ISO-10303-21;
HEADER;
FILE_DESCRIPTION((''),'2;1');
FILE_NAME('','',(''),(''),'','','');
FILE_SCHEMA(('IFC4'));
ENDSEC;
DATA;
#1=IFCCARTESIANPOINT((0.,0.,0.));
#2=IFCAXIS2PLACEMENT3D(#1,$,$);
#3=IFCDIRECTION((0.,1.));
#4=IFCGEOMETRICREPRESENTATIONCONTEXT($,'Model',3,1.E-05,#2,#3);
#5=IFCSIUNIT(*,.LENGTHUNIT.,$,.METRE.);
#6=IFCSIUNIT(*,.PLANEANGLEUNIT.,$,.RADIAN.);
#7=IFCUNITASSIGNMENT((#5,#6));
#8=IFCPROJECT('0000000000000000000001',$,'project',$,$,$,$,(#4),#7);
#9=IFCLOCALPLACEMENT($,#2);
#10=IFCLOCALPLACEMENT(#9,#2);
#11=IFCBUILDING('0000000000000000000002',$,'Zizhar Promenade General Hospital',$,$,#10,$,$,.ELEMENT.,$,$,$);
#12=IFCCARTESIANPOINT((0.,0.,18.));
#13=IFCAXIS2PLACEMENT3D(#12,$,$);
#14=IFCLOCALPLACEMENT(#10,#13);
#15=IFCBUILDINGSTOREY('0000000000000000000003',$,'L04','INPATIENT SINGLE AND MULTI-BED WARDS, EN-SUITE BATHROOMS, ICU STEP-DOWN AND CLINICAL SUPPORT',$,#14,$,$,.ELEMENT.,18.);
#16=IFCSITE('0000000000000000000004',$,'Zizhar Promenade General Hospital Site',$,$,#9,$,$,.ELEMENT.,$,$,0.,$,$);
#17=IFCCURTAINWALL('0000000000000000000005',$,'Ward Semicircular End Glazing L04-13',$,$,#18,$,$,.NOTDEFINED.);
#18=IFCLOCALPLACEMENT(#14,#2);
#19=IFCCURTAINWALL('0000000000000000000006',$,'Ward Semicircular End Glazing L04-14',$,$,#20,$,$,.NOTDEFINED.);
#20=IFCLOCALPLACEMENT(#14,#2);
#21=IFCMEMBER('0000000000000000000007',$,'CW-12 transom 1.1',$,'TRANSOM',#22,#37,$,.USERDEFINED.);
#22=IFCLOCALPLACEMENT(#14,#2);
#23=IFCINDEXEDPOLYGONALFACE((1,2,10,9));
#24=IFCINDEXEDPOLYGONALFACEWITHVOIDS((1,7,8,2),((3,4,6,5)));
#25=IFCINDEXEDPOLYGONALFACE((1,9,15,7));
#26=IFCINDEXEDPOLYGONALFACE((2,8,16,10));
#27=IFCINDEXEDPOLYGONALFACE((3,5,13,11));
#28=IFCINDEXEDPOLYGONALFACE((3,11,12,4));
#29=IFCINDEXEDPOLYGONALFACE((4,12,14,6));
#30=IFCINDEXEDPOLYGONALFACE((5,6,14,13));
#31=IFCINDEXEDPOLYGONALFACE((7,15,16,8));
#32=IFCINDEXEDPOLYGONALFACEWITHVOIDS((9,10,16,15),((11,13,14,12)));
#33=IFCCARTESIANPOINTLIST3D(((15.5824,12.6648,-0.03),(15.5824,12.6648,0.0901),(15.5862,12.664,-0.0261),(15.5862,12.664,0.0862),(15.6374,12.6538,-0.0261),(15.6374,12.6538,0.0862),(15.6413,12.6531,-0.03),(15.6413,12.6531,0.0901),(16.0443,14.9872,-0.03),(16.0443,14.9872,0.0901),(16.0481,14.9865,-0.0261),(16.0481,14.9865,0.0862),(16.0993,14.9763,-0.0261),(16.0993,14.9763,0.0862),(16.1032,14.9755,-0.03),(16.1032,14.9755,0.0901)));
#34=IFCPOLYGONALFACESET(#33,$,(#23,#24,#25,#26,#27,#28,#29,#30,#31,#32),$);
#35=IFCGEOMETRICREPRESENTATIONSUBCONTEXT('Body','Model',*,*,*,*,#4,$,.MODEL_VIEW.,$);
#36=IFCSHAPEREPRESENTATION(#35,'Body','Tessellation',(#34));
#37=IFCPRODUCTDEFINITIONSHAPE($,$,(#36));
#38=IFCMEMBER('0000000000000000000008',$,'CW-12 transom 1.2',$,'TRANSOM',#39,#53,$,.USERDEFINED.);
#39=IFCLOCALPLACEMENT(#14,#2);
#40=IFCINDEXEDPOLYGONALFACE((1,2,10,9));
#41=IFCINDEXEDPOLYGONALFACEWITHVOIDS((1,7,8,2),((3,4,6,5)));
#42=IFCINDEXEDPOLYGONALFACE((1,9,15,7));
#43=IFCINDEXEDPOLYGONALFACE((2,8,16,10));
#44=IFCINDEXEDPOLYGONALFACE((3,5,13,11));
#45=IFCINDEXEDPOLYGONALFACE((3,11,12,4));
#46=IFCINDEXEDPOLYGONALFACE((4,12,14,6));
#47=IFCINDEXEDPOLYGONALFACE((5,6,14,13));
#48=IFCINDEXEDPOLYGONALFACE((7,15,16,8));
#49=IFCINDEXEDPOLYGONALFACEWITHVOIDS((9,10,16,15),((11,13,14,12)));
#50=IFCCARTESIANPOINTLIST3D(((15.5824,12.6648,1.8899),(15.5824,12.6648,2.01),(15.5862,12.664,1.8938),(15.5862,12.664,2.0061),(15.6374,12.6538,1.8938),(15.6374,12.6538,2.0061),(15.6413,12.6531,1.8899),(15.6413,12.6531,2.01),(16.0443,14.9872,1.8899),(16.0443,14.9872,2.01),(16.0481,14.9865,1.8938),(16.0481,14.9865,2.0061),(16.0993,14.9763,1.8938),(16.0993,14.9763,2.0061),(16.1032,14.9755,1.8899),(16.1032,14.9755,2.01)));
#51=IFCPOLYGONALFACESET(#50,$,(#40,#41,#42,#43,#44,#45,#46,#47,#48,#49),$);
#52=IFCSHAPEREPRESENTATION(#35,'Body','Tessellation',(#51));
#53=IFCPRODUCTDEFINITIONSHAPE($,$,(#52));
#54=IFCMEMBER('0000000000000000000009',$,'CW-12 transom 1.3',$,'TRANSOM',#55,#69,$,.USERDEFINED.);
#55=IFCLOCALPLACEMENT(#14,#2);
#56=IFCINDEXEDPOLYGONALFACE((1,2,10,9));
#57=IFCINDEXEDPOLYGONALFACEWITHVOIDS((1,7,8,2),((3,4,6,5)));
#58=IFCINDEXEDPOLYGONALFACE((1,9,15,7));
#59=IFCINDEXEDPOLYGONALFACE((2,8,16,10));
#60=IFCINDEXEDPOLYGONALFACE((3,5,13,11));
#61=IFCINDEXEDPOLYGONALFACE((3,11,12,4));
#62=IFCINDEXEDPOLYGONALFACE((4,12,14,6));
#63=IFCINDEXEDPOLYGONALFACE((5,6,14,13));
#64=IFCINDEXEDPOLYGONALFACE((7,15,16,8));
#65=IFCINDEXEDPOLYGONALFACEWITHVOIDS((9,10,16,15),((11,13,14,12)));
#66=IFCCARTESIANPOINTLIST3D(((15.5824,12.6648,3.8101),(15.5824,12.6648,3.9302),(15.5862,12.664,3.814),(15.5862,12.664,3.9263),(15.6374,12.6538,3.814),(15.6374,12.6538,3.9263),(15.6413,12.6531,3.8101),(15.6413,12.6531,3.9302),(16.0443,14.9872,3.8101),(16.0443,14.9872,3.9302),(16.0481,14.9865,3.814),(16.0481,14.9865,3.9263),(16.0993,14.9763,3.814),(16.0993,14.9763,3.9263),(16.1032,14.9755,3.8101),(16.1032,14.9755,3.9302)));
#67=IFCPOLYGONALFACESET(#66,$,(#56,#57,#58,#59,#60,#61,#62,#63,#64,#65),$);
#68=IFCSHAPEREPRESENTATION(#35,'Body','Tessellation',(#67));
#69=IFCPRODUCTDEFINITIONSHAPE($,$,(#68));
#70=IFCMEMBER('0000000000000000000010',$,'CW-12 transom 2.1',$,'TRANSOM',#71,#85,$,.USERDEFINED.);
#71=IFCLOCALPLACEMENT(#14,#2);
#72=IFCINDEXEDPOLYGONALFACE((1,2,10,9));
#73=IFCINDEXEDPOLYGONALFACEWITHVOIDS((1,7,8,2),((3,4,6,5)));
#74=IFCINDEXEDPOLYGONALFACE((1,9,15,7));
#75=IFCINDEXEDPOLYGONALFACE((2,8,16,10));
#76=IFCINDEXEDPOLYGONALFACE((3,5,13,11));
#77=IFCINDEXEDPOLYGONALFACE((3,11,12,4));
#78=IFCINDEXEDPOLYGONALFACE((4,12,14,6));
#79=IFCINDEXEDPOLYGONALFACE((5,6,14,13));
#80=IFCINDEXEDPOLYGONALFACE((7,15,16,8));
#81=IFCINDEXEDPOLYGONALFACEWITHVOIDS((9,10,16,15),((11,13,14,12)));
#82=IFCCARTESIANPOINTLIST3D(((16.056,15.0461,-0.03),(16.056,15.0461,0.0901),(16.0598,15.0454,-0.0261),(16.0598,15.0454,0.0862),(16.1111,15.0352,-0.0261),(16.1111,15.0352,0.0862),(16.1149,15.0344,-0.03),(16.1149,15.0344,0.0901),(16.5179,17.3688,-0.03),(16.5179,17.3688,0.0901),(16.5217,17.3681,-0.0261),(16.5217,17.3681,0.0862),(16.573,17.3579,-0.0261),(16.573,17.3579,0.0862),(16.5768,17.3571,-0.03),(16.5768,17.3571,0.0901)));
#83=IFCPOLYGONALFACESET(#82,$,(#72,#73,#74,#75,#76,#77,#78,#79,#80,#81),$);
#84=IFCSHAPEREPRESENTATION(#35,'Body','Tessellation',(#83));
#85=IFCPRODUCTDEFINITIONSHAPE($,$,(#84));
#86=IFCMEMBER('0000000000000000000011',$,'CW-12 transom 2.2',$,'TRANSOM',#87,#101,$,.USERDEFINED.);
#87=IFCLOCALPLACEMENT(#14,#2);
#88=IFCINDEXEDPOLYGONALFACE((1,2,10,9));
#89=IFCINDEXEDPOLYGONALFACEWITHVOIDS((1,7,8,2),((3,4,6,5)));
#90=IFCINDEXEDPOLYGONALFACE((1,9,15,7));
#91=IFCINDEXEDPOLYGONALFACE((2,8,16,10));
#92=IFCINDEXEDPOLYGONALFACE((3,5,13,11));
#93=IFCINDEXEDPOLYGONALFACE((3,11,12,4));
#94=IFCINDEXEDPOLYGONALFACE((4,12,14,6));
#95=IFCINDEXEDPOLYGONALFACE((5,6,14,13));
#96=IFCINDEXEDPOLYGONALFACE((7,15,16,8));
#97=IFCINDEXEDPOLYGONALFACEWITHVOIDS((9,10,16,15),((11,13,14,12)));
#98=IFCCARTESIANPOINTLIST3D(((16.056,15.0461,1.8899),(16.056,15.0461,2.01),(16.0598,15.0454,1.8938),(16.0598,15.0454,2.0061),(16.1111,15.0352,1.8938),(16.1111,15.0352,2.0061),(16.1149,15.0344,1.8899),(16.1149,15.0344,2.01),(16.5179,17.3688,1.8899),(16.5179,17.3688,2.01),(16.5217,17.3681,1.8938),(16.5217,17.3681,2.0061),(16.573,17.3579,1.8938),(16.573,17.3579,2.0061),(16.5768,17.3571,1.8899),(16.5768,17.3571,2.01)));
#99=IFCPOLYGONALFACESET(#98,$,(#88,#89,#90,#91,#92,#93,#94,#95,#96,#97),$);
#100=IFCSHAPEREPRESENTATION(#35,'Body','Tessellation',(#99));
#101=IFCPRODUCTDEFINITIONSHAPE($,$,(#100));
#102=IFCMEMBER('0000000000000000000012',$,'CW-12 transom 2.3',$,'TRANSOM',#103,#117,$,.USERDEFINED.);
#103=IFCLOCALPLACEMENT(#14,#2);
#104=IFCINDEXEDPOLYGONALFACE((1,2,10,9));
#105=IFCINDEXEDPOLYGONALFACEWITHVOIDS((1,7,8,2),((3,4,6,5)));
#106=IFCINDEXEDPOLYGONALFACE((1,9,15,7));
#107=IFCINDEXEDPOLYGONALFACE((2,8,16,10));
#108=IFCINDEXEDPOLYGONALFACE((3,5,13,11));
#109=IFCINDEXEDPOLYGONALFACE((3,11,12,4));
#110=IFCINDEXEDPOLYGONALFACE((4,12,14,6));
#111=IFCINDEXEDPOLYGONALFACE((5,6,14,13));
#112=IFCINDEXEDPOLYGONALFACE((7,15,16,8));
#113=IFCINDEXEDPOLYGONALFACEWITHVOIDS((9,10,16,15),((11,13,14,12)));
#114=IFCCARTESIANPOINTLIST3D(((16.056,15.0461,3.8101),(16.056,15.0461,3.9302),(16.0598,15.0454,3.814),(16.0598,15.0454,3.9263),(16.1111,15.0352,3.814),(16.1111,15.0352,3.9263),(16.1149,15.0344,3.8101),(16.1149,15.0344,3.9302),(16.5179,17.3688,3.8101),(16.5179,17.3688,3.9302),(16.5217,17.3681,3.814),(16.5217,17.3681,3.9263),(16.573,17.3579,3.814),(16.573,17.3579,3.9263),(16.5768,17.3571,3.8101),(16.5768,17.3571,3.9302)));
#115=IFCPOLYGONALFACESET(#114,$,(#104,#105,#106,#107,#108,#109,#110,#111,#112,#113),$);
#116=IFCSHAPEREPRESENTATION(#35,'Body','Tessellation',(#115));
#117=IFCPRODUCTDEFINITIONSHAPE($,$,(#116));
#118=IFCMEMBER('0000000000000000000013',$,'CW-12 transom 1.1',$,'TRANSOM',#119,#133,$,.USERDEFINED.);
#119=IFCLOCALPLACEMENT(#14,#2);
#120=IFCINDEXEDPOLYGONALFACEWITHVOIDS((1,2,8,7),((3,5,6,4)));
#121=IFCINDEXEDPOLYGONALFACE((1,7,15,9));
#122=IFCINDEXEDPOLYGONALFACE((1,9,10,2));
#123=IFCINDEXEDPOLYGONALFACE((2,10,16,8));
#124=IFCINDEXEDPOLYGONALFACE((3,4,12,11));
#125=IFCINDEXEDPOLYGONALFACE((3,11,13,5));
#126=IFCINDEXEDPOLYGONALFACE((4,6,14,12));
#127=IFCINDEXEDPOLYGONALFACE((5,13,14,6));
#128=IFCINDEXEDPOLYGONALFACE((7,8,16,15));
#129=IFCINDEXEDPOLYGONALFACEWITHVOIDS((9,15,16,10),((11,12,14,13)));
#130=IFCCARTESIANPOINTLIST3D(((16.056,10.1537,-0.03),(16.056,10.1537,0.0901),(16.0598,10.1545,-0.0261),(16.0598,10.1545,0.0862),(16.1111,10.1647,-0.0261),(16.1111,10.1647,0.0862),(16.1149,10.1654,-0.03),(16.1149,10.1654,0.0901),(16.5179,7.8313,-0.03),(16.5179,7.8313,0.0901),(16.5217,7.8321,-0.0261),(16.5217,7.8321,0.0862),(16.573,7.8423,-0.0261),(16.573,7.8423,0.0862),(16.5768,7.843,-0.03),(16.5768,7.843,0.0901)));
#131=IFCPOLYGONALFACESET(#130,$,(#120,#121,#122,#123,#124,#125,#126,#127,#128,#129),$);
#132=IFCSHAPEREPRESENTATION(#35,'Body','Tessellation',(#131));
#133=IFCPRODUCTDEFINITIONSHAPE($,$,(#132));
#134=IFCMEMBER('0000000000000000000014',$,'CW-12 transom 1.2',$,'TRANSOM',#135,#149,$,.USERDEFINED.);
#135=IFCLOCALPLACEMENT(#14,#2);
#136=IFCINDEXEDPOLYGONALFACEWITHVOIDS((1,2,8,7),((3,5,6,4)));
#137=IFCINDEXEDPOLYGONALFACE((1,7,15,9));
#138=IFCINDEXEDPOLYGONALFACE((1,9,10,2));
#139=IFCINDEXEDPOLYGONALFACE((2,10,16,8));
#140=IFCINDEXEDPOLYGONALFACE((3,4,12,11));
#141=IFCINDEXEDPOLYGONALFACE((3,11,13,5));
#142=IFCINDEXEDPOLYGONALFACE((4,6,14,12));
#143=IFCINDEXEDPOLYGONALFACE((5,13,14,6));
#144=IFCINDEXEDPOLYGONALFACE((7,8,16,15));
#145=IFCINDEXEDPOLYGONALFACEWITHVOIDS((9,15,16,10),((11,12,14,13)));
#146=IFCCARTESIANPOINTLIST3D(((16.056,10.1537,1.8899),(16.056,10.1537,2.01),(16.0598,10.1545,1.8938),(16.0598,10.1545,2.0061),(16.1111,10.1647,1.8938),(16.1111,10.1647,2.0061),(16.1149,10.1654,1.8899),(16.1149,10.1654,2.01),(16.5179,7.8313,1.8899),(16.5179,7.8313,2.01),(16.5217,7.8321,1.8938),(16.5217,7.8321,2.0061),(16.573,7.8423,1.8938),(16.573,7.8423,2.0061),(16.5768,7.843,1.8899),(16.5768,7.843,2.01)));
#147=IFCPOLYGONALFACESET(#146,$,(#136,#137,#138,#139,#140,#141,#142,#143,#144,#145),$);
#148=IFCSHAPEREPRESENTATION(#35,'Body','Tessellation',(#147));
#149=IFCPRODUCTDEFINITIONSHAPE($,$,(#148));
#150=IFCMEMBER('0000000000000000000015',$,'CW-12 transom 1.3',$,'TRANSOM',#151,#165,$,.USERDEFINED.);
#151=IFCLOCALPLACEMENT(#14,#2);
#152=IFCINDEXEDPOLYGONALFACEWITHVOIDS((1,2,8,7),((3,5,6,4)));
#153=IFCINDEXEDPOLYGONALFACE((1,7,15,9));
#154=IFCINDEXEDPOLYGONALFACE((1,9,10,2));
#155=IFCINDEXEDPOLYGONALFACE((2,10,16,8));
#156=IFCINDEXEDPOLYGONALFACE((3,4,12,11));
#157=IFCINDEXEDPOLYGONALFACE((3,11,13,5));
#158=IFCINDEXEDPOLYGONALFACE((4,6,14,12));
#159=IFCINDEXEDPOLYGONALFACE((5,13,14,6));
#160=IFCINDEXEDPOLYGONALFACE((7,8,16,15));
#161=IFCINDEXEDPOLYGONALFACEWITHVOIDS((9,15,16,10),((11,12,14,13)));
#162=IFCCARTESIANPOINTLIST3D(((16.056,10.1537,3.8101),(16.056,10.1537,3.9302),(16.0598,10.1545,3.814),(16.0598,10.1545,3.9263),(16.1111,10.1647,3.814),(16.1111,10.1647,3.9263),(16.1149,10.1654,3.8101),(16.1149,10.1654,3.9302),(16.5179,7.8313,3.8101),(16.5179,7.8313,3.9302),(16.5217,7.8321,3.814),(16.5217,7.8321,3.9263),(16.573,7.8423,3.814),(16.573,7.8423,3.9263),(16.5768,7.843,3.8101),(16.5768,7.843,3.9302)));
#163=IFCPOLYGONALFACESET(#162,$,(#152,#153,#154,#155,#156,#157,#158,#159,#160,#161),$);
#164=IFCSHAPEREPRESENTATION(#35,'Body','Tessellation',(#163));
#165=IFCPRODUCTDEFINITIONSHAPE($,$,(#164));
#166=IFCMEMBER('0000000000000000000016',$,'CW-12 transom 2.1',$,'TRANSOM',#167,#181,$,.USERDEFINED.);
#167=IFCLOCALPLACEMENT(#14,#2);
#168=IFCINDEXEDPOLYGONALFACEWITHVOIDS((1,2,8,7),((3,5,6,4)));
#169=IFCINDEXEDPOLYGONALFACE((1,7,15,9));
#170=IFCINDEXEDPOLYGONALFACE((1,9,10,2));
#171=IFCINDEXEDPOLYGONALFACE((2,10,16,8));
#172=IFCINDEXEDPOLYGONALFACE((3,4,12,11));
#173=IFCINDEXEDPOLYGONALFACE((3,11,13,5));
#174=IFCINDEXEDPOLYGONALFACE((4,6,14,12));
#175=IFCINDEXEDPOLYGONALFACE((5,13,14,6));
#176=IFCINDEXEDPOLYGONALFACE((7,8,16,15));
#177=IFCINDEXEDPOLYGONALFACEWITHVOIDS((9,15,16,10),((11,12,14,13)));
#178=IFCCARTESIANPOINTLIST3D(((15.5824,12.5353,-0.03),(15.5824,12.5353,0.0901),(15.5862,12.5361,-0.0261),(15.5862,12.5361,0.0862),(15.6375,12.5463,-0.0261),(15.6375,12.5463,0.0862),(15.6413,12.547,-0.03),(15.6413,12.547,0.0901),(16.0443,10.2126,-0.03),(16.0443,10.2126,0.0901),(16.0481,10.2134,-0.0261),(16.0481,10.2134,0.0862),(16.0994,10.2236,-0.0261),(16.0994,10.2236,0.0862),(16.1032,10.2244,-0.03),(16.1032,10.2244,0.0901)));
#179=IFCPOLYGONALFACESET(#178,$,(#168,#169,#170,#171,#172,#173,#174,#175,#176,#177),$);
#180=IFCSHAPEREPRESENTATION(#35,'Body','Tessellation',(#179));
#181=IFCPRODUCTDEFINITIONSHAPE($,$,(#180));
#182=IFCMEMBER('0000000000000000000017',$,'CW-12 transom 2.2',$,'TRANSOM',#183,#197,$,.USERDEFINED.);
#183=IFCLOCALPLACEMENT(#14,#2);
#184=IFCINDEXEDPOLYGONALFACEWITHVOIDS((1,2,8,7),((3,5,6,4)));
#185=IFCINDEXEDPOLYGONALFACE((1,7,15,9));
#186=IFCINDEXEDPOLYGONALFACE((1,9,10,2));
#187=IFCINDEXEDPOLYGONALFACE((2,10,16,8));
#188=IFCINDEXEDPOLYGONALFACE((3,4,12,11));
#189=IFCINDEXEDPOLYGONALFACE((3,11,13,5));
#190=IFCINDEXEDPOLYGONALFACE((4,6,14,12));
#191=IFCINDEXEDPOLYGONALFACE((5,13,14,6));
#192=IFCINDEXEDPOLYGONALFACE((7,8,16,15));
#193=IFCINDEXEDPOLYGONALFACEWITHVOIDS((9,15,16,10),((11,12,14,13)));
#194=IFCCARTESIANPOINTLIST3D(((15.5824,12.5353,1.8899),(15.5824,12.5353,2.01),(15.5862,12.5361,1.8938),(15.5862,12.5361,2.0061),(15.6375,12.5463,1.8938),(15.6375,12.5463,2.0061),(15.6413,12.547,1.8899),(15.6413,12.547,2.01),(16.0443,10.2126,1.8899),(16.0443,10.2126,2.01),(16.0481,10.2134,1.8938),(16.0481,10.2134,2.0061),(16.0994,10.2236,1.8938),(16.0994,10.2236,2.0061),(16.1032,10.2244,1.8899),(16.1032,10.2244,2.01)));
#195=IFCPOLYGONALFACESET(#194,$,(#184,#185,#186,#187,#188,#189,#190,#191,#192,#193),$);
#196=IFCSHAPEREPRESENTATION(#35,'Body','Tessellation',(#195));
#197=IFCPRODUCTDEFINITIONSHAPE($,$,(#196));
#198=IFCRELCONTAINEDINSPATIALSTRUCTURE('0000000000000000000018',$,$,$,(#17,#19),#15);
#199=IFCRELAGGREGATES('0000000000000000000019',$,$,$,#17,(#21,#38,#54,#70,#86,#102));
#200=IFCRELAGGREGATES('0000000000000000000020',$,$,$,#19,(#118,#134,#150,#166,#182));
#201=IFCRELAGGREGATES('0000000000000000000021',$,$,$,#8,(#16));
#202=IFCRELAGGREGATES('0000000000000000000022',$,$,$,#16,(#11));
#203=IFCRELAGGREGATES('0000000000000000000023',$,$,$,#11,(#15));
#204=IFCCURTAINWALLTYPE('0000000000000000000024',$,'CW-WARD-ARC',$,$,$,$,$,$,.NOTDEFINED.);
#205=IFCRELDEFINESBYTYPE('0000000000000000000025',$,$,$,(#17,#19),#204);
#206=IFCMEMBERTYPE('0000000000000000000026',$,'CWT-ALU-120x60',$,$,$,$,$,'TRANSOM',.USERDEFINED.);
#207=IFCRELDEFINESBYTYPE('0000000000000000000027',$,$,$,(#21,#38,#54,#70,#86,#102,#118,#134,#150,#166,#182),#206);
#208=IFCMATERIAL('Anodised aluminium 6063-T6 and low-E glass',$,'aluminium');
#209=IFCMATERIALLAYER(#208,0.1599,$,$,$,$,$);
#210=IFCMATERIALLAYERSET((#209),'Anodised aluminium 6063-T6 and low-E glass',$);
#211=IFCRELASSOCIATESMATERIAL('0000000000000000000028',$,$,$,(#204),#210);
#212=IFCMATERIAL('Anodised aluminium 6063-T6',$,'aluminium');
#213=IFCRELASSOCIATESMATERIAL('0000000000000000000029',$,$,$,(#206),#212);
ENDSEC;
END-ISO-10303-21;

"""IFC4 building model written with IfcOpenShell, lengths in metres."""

from ifc_helpers import new_model, si_unit, direction, frame, origin, origin_2d, place, context, subcontext, project, spatial, hollow_rectangle, extrude, material, layer, layer_set, material_profile, profile_set, type_object, element, aggregate, save


model = new_model("IFC4")

# Units and contexts
model_context = context("Model", 3, precision=1e-05, world=origin(), true_north=direction((0.0, 1.0)))
body_context = subcontext(model_context, "Body", "Model", "MODEL_VIEW")
ifc_project = project(units=[si_unit("LENGTHUNIT", "METRE"), si_unit("PLANEANGLEUNIT", "RADIAN")], contexts=[model_context])

# Site, building, storey
site_placement = place(None, origin())
site = spatial("IfcSite", under=ifc_project, at=site_placement, Name="Zizhar Promenade General Hospital Site", CompositionType="ELEMENT", RefElevation=0.0)
building_placement = place(site_placement, origin())
building = spatial("IfcBuilding", under=site, at=building_placement, Name="Zizhar Promenade General Hospital", CompositionType="ELEMENT")
storey_placement = place(building_placement, frame((0.0, 0.0, 18.0)))
storey = spatial("IfcBuildingStorey", under=building, at=storey_placement, Name="L04", Description="INPATIENT SINGLE AND MULTI-BED WARDS, EN-SUITE BATHROOMS, ICU STEP-DOWN AND CLINICAL SUPPORT", CompositionType="ELEMENT", Elevation=18.0)

# Shared definitions
ifc_material_1 = material(Name="Anodised aluminium 6063-T6 and low-E glass", Category="aluminium")
ifc_layer_1 = layer(ifc_material_1, 0.1599)
ifc_layer_set_1 = layer_set([ifc_layer_1], Name="Anodised aluminium 6063-T6 and low-E glass")
curtain_wall_type = type_object("IfcCurtainWallType", Name="CW-WARD-ARC", PredefinedType="NOTDEFINED", material=ifc_layer_set_1)

# Curtain walls
curtain_wall_1_placement = place(storey_placement, origin())
curtain_wall_1 = element("IfcCurtainWall", 1, at=curtain_wall_1_placement, inside=storey, type_object=curtain_wall_type, Name="Ward Semicircular End Glazing L04-13", PredefinedType="NOTDEFINED")
curtain_wall_2_placement = place(storey_placement, origin())
curtain_wall_2 = element("IfcCurtainWall", 2, at=curtain_wall_2_placement, inside=storey, type_object=curtain_wall_type, Name="Ward Semicircular End Glazing L04-14", PredefinedType="NOTDEFINED")

# Members
ifc_material_2 = material(Name="Anodised aluminium 6063-T6", Category="aluminium")
ifc_material_profile_1 = material_profile(ifc_material_2, hollow_rectangle(XDim=0.0601, YDim=0.1201, WallThickness=0.0039, at=origin_2d()))
ifc_profile_set_1 = profile_set([ifc_material_profile_1], Name="Anodised aluminium 6063-T6")
member_type_1 = type_object("IfcMemberType", Name="CWT-ALU-120x60", ElementType="TRANSOM", PredefinedType="USERDEFINED", material=ifc_profile_set_1)
member_1_placement = place(storey_placement, frame((15.6118, 12.6589, 0.03), z_axis=(0.195065, 0.98079, 0.0), x_axis=(-0.98079, 0.195065, 0.0)))
member_1 = element("IfcMember", 3, at=member_1_placement, type_object=member_type_1, Name="CW-12 transom 1.1", ObjectType="TRANSOM", PredefinedType="USERDEFINED", context=body_context, shape_type="SweptSolid", body=[
    extrude(hollow_rectangle(XDim=0.0601, YDim=0.1201, WallThickness=0.0039, at=origin_2d()), origin(), (0.0, 0.0, 1.0), 2.3679),
])
member_2_placement = place(storey_placement, frame((15.6118, 12.6589, 1.95), z_axis=(0.195065, 0.98079, 0.0), x_axis=(-0.98079, 0.195065, 0.0)))
member_2 = element("IfcMember", 4, at=member_2_placement, type_object=member_type_1, Name="CW-12 transom 1.2", ObjectType="TRANSOM", PredefinedType="USERDEFINED", context=body_context, shape_type="SweptSolid", body=[
    extrude(hollow_rectangle(XDim=0.0601, YDim=0.1201, WallThickness=0.0039, at=origin_2d()), origin(), (0.0, 0.0, 1.0), 2.3679),
])
member_3_placement = place(storey_placement, frame((15.6118, 12.6589, 3.8701), z_axis=(0.195065, 0.98079, 0.0), x_axis=(-0.98079, 0.195065, 0.0)))
member_3 = element("IfcMember", 5, at=member_3_placement, type_object=member_type_1, Name="CW-12 transom 1.3", ObjectType="TRANSOM", PredefinedType="USERDEFINED", context=body_context, shape_type="SweptSolid", body=[
    extrude(hollow_rectangle(XDim=0.0601, YDim=0.1201, WallThickness=0.0039, at=origin_2d()), origin(), (0.0, 0.0, 1.0), 2.3679),
])
member_4_placement = place(storey_placement, frame((16.0854, 15.0403, 0.03), z_axis=(0.195045, 0.980794, 0.0), x_axis=(-0.980794, 0.195045, 0.0)))
member_4 = element("IfcMember", 6, at=member_4_placement, type_object=member_type_1, Name="CW-12 transom 2.1", ObjectType="TRANSOM", PredefinedType="USERDEFINED", context=body_context, shape_type="SweptSolid", body=[
    extrude(hollow_rectangle(XDim=0.0601, YDim=0.1201, WallThickness=0.0039, at=origin_2d()), origin(), (0.0, 0.0, 1.0), 2.3682),
])
member_5_placement = place(storey_placement, frame((16.0854, 15.0403, 1.95), z_axis=(0.195045, 0.980794, 0.0), x_axis=(-0.980794, 0.195045, 0.0)))
member_5 = element("IfcMember", 7, at=member_5_placement, type_object=member_type_1, Name="CW-12 transom 2.2", ObjectType="TRANSOM", PredefinedType="USERDEFINED", context=body_context, shape_type="SweptSolid", body=[
    extrude(hollow_rectangle(XDim=0.0601, YDim=0.1201, WallThickness=0.0039, at=origin_2d()), origin(), (0.0, 0.0, 1.0), 2.3682),
])
member_6_placement = place(storey_placement, frame((16.0854, 15.0403, 3.8701), z_axis=(0.195045, 0.980794, 0.0), x_axis=(-0.980794, 0.195045, 0.0)))
member_6 = element("IfcMember", 8, at=member_6_placement, type_object=member_type_1, Name="CW-12 transom 2.3", ObjectType="TRANSOM", PredefinedType="USERDEFINED", context=body_context, shape_type="SweptSolid", body=[
    extrude(hollow_rectangle(XDim=0.0601, YDim=0.1201, WallThickness=0.0039, at=origin_2d()), origin(), (0.0, 0.0, 1.0), 2.3682),
])
member_7_placement = place(storey_placement, frame((16.5474, 7.8372, 0.03), z_axis=(-0.195065, 0.98079, 0.0), x_axis=(-0.98079, -0.195065, 0.0)))
member_7 = element("IfcMember", 9, at=member_7_placement, type_object=member_type_1, Name="CW-12 transom 1.1", ObjectType="TRANSOM", PredefinedType="USERDEFINED", context=body_context, shape_type="SweptSolid", body=[
    extrude(hollow_rectangle(XDim=0.0601, YDim=0.1201, WallThickness=0.0039, at=origin_2d()), origin(), (0.0, 0.0, 1.0), 2.3679),
])
member_8_placement = place(storey_placement, frame((16.5474, 7.8372, 1.95), z_axis=(-0.195065, 0.98079, 0.0), x_axis=(-0.98079, -0.195065, 0.0)))
member_8 = element("IfcMember", 10, at=member_8_placement, type_object=member_type_1, Name="CW-12 transom 1.2", ObjectType="TRANSOM", PredefinedType="USERDEFINED", context=body_context, shape_type="SweptSolid", body=[
    extrude(hollow_rectangle(XDim=0.0601, YDim=0.1201, WallThickness=0.0039, at=origin_2d()), origin(), (0.0, 0.0, 1.0), 2.3679),
])
member_9_placement = place(storey_placement, frame((16.5474, 7.8372, 3.8701), z_axis=(-0.195065, 0.98079, 0.0), x_axis=(-0.98079, -0.195065, 0.0)))
member_9 = element("IfcMember", 11, at=member_9_placement, type_object=member_type_1, Name="CW-12 transom 1.3", ObjectType="TRANSOM", PredefinedType="USERDEFINED", context=body_context, shape_type="SweptSolid", body=[
    extrude(hollow_rectangle(XDim=0.0601, YDim=0.1201, WallThickness=0.0039, at=origin_2d()), origin(), (0.0, 0.0, 1.0), 2.3679),
])
member_10_placement = place(storey_placement, frame((16.0737, 10.2185, 0.03), z_axis=(-0.195045, 0.980794, 0.0), x_axis=(-0.980794, -0.195045, 0.0)))
member_10 = element("IfcMember", 12, at=member_10_placement, type_object=member_type_1, Name="CW-12 transom 2.1", ObjectType="TRANSOM", PredefinedType="USERDEFINED", context=body_context, shape_type="SweptSolid", body=[
    extrude(hollow_rectangle(XDim=0.0601, YDim=0.1201, WallThickness=0.0039, at=origin_2d()), origin(), (0.0, 0.0, 1.0), 2.3682),
])
member_11_placement = place(storey_placement, frame((16.0737, 10.2185, 1.95), z_axis=(-0.195045, 0.980794, 0.0), x_axis=(-0.980794, -0.195045, 0.0)))
member_11 = element("IfcMember", 13, at=member_11_placement, type_object=member_type_1, Name="CW-12 transom 2.2", ObjectType="TRANSOM", PredefinedType="USERDEFINED", context=body_context, shape_type="SweptSolid", body=[
    extrude(hollow_rectangle(XDim=0.0601, YDim=0.1201, WallThickness=0.0039, at=origin_2d()), origin(), (0.0, 0.0, 1.0), 2.3682),
])

aggregate(curtain_wall_1, [member_1, member_2, member_3, member_4, member_5, member_6])
aggregate(curtain_wall_2, [member_7, member_8, member_9, member_10, member_11])

save(model, "model.ifc")
